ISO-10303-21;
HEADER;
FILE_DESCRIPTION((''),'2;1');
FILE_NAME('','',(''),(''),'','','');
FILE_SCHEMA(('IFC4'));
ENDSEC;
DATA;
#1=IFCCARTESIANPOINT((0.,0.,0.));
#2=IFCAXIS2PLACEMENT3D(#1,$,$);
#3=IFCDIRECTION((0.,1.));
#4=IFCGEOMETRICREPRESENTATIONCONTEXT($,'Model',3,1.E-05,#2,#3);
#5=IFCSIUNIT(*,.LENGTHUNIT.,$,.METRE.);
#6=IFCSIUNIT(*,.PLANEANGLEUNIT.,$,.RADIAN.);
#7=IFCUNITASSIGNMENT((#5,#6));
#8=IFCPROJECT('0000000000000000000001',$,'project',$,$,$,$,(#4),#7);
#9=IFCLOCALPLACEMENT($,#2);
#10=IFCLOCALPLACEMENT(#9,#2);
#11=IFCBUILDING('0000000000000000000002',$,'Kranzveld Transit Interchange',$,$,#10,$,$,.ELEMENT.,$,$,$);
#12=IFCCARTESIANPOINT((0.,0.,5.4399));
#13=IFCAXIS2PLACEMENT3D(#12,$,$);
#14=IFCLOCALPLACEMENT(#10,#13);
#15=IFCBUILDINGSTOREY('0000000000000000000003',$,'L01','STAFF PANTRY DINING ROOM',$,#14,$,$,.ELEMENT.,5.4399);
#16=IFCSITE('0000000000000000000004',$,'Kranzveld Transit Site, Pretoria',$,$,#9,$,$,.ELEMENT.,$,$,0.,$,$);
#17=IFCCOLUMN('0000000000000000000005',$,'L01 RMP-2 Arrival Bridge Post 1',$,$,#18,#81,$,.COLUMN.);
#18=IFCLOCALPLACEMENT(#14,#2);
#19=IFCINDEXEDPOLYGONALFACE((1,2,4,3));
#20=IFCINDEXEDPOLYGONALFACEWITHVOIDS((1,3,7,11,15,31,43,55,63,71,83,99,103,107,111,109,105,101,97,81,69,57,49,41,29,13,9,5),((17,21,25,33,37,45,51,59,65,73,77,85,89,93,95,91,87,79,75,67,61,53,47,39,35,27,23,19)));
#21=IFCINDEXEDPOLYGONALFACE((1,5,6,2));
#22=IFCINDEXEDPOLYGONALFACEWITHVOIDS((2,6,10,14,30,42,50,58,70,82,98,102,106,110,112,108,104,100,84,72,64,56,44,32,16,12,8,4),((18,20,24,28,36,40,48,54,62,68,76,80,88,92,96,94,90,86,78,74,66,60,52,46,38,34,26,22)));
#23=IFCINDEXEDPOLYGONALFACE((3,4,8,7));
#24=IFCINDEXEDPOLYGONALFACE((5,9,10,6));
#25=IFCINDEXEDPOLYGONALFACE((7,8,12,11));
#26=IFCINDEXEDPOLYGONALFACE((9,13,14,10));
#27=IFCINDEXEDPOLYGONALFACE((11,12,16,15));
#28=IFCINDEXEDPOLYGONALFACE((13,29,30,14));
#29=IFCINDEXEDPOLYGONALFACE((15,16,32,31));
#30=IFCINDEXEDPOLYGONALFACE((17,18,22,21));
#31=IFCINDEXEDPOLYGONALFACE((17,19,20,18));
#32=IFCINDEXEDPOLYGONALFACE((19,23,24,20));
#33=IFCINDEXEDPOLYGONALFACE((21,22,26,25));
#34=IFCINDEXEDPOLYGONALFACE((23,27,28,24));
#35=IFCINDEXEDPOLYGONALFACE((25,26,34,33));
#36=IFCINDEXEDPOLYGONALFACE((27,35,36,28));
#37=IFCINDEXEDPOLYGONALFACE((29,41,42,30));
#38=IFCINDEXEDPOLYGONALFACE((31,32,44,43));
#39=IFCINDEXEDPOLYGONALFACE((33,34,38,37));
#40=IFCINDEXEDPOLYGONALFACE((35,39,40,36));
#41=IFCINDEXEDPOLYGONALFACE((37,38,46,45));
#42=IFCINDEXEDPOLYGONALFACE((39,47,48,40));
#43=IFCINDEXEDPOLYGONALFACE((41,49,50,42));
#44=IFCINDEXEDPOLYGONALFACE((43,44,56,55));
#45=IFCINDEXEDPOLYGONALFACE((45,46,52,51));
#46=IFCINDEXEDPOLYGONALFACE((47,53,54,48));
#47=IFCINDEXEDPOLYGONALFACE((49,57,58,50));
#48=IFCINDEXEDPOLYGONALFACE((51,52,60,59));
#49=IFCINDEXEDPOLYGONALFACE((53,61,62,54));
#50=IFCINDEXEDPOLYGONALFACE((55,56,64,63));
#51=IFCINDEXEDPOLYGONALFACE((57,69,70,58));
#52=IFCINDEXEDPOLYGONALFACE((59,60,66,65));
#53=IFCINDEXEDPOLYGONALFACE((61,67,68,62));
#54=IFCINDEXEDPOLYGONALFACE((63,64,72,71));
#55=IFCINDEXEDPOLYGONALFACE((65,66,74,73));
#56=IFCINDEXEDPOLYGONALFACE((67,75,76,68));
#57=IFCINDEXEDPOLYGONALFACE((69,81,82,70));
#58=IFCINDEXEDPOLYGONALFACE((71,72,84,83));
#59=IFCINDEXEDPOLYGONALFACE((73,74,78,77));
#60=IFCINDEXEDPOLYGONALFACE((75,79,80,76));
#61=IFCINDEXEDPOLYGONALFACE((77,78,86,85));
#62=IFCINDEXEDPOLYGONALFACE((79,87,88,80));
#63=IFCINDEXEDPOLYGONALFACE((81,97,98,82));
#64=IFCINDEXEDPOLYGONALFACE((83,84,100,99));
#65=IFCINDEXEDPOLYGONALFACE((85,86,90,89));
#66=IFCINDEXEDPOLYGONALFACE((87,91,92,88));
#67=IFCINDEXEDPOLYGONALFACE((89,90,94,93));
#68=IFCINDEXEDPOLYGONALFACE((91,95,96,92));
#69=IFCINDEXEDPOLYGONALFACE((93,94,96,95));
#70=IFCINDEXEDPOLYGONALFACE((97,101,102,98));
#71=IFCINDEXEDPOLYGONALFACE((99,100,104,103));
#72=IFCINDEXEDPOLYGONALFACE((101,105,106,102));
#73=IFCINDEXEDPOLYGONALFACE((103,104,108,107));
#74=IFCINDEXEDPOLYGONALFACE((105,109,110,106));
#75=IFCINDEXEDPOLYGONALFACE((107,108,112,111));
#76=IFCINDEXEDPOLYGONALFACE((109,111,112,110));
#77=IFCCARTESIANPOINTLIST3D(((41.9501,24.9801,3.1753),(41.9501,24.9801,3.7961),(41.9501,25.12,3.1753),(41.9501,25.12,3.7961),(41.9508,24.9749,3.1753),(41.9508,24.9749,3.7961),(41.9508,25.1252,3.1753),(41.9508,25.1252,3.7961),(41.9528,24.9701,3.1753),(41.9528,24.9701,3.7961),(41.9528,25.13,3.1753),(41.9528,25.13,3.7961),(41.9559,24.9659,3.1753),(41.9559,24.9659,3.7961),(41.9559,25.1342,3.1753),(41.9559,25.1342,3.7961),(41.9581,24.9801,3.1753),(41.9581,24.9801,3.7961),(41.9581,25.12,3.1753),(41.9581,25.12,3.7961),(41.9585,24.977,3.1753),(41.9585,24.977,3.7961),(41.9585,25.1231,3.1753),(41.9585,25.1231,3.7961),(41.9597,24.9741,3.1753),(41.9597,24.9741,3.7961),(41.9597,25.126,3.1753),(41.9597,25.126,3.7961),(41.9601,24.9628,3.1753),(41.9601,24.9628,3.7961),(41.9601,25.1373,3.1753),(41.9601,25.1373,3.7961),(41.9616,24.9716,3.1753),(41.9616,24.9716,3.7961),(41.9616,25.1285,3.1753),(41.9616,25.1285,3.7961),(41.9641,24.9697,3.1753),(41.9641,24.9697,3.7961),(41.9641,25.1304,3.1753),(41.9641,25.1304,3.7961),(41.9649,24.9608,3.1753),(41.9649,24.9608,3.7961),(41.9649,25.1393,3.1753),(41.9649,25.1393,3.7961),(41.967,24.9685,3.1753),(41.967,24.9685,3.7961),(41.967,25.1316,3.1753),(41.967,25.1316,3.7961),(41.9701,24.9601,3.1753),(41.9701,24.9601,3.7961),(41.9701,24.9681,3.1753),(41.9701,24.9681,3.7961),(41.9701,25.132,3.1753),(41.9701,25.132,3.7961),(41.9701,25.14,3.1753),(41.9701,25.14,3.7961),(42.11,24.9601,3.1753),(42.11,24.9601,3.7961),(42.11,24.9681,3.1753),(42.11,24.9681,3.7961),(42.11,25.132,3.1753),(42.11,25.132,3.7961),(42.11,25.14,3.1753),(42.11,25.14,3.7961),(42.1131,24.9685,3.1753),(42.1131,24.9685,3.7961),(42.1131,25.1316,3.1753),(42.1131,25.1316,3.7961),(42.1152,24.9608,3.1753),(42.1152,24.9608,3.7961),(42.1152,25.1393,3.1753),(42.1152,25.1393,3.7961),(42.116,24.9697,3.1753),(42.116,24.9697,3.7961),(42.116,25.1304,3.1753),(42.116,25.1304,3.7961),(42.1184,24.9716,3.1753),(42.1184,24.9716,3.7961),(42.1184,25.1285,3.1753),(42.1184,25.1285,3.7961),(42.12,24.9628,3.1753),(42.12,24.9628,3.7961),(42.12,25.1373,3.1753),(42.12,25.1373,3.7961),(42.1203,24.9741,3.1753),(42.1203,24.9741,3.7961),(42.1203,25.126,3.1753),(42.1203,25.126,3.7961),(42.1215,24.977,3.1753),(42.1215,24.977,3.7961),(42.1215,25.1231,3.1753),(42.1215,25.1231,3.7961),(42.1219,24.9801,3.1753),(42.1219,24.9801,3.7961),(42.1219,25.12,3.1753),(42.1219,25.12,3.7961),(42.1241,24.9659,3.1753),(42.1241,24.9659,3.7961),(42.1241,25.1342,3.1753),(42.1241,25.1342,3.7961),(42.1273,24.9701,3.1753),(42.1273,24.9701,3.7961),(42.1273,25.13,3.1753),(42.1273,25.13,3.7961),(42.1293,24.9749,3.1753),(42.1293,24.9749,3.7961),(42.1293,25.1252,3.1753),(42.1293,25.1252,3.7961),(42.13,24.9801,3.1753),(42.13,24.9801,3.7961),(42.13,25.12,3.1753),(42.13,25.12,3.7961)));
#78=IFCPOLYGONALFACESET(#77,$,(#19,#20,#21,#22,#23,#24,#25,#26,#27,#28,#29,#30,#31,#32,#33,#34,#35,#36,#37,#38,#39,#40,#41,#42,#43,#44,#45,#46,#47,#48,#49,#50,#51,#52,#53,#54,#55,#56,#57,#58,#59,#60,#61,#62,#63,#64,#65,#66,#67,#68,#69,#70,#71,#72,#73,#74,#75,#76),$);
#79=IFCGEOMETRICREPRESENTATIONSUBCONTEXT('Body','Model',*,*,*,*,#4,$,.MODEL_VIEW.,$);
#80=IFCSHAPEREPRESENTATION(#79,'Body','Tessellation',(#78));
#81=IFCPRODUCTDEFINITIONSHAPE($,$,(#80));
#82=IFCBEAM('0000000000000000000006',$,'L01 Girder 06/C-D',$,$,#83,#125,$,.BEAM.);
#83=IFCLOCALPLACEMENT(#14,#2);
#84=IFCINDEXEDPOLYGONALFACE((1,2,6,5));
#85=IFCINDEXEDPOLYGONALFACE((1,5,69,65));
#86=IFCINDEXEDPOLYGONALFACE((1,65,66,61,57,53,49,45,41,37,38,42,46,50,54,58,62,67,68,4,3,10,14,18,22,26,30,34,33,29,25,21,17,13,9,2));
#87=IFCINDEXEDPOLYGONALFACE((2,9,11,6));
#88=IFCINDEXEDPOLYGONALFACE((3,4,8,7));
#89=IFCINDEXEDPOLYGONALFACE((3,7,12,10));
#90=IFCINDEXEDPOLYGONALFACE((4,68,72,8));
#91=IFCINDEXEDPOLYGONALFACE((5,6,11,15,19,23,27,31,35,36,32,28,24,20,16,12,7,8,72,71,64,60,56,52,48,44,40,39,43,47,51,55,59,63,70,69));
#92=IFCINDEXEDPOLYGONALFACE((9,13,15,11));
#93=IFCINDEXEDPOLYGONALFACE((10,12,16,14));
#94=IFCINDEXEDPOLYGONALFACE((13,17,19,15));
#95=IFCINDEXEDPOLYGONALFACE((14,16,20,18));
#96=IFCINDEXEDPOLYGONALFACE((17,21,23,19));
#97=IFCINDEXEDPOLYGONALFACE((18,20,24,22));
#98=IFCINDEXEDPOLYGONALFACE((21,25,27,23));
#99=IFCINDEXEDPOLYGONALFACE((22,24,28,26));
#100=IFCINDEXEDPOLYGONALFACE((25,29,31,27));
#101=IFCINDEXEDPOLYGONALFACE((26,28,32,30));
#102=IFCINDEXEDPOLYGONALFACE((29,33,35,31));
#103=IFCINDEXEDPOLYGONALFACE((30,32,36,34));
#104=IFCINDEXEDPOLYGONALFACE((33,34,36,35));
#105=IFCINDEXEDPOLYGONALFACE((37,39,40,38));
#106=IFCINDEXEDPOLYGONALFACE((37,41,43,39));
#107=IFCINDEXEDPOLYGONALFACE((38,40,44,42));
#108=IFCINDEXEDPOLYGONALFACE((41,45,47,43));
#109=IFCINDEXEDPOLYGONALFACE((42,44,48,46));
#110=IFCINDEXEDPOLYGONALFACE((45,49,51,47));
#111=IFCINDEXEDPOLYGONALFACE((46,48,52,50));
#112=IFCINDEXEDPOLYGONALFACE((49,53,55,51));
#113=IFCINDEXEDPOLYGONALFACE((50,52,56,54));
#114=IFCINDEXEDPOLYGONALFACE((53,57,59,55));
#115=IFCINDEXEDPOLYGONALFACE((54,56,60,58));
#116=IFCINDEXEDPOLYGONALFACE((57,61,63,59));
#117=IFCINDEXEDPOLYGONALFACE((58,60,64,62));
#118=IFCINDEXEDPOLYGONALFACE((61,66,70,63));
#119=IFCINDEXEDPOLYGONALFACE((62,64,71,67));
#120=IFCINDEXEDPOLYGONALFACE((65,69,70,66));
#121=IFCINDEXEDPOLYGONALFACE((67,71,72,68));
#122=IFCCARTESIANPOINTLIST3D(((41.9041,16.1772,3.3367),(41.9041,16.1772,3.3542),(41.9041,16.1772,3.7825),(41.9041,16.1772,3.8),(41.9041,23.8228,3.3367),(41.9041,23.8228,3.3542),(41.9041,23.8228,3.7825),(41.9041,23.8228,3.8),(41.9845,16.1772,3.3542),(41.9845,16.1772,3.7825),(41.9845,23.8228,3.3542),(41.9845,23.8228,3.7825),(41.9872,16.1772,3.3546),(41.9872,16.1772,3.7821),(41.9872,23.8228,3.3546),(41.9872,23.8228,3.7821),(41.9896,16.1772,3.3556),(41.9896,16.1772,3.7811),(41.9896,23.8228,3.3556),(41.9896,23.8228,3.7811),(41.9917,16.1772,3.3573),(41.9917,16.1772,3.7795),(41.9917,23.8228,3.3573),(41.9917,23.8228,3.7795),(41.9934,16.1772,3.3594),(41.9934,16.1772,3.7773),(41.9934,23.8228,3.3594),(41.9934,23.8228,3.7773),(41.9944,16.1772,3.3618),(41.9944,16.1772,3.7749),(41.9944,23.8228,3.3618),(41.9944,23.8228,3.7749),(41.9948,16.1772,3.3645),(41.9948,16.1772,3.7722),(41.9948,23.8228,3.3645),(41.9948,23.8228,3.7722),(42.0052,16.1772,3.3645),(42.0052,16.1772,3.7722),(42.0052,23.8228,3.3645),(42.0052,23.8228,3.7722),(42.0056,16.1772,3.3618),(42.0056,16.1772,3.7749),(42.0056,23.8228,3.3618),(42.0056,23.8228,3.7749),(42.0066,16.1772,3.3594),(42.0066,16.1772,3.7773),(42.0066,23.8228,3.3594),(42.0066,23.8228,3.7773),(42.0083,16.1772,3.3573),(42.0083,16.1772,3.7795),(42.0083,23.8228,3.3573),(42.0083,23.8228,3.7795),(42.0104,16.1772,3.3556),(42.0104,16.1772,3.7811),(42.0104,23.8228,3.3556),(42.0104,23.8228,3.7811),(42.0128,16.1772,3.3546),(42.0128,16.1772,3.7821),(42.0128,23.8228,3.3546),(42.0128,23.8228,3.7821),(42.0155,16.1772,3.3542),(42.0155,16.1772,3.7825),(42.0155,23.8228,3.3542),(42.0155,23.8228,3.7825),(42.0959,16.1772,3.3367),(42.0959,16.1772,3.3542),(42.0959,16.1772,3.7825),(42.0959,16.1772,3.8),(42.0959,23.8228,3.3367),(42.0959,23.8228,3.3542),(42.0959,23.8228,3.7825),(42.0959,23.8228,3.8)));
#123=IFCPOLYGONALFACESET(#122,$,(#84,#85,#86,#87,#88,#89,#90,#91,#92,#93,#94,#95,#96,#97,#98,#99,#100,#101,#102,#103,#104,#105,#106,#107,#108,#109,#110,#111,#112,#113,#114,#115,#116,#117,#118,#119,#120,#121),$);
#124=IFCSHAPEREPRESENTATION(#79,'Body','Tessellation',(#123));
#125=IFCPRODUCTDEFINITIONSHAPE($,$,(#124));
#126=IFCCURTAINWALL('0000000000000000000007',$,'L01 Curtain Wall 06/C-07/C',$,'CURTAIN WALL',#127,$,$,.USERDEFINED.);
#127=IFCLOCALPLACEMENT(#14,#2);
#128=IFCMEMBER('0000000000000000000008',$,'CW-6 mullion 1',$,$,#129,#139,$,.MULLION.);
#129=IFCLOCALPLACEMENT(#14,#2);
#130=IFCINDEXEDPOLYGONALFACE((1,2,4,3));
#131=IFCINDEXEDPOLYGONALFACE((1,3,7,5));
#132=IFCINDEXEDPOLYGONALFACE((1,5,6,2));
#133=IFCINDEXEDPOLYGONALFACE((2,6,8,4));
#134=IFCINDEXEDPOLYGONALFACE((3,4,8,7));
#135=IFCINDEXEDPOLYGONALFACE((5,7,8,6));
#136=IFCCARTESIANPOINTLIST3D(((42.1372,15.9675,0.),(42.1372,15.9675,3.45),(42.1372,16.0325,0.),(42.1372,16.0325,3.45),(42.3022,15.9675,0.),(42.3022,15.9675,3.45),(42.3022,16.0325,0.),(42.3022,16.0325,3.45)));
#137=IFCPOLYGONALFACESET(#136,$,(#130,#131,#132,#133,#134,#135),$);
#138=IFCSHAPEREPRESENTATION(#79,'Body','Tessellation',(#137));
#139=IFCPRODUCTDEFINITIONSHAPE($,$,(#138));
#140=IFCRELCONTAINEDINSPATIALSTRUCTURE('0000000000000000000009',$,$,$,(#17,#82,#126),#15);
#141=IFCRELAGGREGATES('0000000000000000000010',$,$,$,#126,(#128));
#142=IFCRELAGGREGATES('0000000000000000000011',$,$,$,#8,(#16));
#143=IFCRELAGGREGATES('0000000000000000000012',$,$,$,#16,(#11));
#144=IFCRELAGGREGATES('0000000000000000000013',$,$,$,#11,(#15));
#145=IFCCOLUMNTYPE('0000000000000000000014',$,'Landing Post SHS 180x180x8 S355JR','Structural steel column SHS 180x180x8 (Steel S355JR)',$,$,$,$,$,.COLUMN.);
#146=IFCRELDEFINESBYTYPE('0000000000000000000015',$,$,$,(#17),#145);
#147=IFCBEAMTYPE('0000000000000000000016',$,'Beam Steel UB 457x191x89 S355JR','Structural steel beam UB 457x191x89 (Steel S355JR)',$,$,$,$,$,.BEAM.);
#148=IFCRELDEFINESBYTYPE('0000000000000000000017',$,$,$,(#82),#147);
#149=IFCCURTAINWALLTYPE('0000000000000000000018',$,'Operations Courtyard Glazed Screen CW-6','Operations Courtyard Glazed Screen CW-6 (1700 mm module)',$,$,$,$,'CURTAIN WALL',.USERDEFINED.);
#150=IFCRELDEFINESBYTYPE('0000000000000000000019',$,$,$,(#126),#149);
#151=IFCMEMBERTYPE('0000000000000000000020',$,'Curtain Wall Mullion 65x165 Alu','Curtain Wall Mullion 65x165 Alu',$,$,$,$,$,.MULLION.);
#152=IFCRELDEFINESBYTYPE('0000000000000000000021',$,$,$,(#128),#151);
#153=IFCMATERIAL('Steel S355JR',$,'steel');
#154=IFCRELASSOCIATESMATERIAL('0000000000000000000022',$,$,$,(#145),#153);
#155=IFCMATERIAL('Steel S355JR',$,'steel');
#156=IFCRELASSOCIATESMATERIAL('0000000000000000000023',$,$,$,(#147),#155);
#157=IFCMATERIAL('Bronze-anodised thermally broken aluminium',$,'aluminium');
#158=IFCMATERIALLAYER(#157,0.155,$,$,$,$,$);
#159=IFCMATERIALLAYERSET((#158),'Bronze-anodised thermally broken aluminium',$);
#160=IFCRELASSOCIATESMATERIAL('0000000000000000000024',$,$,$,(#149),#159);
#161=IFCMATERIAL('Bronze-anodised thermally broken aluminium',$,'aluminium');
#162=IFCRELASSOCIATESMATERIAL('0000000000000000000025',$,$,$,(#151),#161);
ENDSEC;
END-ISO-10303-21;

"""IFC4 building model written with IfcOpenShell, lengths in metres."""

from ifc_helpers import new_model, si_unit, direction, frame, origin, origin_2d, place, context, subcontext, project, spatial, rectangle, hollow_rectangle, i_section, extrude, material, layer, layer_set, material_profile, profile_set, type_object, element, aggregate, save


model = new_model("IFC4")

# Units and contexts
model_context = context("Model", 3, precision=1e-05, world=origin(), true_north=direction((0.0, 1.0)))
body_context = subcontext(model_context, "Body", "Model", "MODEL_VIEW")
ifc_project = project(units=[si_unit("LENGTHUNIT", "METRE"), si_unit("PLANEANGLEUNIT", "RADIAN")], contexts=[model_context])

# Site, building, storey
site_placement = place(None, origin())
site = spatial("IfcSite", under=ifc_project, at=site_placement, Name="Kranzveld Transit Site, Pretoria", CompositionType="ELEMENT", RefElevation=0.0)
building_placement = place(site_placement, origin())
building = spatial("IfcBuilding", under=site, at=building_placement, Name="Kranzveld Transit Interchange", CompositionType="ELEMENT")
storey_placement = place(building_placement, frame((0.0, 0.0, 5.4399)))
storey = spatial("IfcBuildingStorey", under=building, at=storey_placement, Name="L01", Description="STAFF PANTRY DINING ROOM", CompositionType="ELEMENT", Elevation=5.4399)

# Column
ifc_material_1 = material(Name="Steel S355JR", Category="steel")
ifc_material_profile_1 = material_profile(ifc_material_1, hollow_rectangle(XDim=0.1799, YDim=0.1799, WallThickness=0.0081, InnerFilletRadius=0.012, OuterFilletRadius=0.02, at=origin_2d()), Name="SHS 180x180x8")
ifc_profile_set_1 = profile_set([ifc_material_profile_1], Name="Steel S355JR")
column_type_1 = type_object("IfcColumnType", Name="Landing Post SHS 180x180x8 S355JR", Description="Structural steel column SHS 180x180x8 (Steel S355JR)", PredefinedType="COLUMN", material=ifc_profile_set_1)
column_1_placement = place(storey_placement, frame((42.04, 25.05, 3.1753), z_axis=(0.0, 0.0, 1.0), x_axis=(1.0, 0.0, 0.0)))
element("IfcColumn", 1, at=column_1_placement, inside=storey, type_object=column_type_1, Name="L01 RMP-2 Arrival Bridge Post 1", PredefinedType="COLUMN", context=body_context, shape_type="SweptSolid", body=[
    extrude(hollow_rectangle(XDim=0.1799, YDim=0.1799, WallThickness=0.0081, InnerFilletRadius=0.012, OuterFilletRadius=0.02, at=origin_2d()), origin(), (0.0, 0.0, 1.0), 0.6208),
])

# Beam
ifc_material_2 = material(Name="Steel S355JR", Category="steel")
ifc_material_profile_2 = material_profile(ifc_material_2, i_section(OverallWidth=0.1919, OverallDepth=0.4634, WebThickness=0.0105, FlangeThickness=0.0176, FilletRadius=0.0103, at=origin_2d()), Name="UB 457x191x89")
ifc_profile_set_2 = profile_set([ifc_material_profile_2], Name="Steel S355JR")
beam_type_1 = type_object("IfcBeamType", Name="Beam Steel UB 457x191x89 S355JR", Description="Structural steel beam UB 457x191x89 (Steel S355JR)", PredefinedType="BEAM", material=ifc_profile_set_2)
beam_1_placement = place(storey_placement, frame((42.0, 16.1772, 3.5684), z_axis=(0.0, 1.0, 0.0), x_axis=(-1.0, 0.0, 0.0)))
element("IfcBeam", 2, at=beam_1_placement, inside=storey, type_object=beam_type_1, Name="L01 Girder 06/C-D", PredefinedType="BEAM", context=body_context, shape_type="SweptSolid", body=[
    extrude(i_section(OverallWidth=0.1919, OverallDepth=0.4634, WebThickness=0.0105, FlangeThickness=0.0176, FilletRadius=0.0103, at=origin_2d()), origin(), (0.0, 0.0, 1.0), 7.6455),
])

# Curtain wall, member
ifc_material_3 = material(Name="Bronze-anodised thermally broken aluminium", Category="aluminium")
ifc_layer_1 = layer(ifc_material_3, 0.155)
ifc_layer_set_1 = layer_set([ifc_layer_1], Name="Bronze-anodised thermally broken aluminium")
curtain_wall_type = type_object("IfcCurtainWallType", Name="Operations Courtyard Glazed Screen CW-6", Description="Operations Courtyard Glazed Screen CW-6 (1700 mm module)", ElementType="CURTAIN WALL", PredefinedType="USERDEFINED", material=ifc_layer_set_1)
curtain_wall_placement = place(storey_placement, origin())
curtain_wall = element("IfcCurtainWall", 3, at=curtain_wall_placement, inside=storey, type_object=curtain_wall_type, Name="L01 Curtain Wall 06/C-07/C", ObjectType="CURTAIN WALL", PredefinedType="USERDEFINED")
ifc_material_4 = material(Name="Bronze-anodised thermally broken aluminium", Category="aluminium")
ifc_material_profile_3 = material_profile(ifc_material_4, rectangle(XDim=0.0649, YDim=0.165, at=origin_2d()), Name="ALU MULLION 65x165")
ifc_profile_set_3 = profile_set([ifc_material_profile_3], Name="Bronze-anodised thermally broken aluminium")
member_type = type_object("IfcMemberType", Name="Curtain Wall Mullion 65x165 Alu", Description="Curtain Wall Mullion 65x165 Alu", PredefinedType="MULLION", material=ifc_profile_set_3)
member_placement = place(storey_placement, frame((42.2197, 16.0, 0.0), z_axis=(0.0, 0.0, 1.0), x_axis=(0.0, 1.0, 0.0)))
member = element("IfcMember", 4, at=member_placement, type_object=member_type, Name="CW-6 mullion 1", PredefinedType="MULLION", context=body_context, shape_type="SweptSolid", body=[
    extrude(rectangle(XDim=0.0649, YDim=0.165, at=origin_2d()), origin(), (0.0, 0.0, 1.0), 3.45),
])
aggregate(curtain_wall, [member])

save(model, "model.ifc")
